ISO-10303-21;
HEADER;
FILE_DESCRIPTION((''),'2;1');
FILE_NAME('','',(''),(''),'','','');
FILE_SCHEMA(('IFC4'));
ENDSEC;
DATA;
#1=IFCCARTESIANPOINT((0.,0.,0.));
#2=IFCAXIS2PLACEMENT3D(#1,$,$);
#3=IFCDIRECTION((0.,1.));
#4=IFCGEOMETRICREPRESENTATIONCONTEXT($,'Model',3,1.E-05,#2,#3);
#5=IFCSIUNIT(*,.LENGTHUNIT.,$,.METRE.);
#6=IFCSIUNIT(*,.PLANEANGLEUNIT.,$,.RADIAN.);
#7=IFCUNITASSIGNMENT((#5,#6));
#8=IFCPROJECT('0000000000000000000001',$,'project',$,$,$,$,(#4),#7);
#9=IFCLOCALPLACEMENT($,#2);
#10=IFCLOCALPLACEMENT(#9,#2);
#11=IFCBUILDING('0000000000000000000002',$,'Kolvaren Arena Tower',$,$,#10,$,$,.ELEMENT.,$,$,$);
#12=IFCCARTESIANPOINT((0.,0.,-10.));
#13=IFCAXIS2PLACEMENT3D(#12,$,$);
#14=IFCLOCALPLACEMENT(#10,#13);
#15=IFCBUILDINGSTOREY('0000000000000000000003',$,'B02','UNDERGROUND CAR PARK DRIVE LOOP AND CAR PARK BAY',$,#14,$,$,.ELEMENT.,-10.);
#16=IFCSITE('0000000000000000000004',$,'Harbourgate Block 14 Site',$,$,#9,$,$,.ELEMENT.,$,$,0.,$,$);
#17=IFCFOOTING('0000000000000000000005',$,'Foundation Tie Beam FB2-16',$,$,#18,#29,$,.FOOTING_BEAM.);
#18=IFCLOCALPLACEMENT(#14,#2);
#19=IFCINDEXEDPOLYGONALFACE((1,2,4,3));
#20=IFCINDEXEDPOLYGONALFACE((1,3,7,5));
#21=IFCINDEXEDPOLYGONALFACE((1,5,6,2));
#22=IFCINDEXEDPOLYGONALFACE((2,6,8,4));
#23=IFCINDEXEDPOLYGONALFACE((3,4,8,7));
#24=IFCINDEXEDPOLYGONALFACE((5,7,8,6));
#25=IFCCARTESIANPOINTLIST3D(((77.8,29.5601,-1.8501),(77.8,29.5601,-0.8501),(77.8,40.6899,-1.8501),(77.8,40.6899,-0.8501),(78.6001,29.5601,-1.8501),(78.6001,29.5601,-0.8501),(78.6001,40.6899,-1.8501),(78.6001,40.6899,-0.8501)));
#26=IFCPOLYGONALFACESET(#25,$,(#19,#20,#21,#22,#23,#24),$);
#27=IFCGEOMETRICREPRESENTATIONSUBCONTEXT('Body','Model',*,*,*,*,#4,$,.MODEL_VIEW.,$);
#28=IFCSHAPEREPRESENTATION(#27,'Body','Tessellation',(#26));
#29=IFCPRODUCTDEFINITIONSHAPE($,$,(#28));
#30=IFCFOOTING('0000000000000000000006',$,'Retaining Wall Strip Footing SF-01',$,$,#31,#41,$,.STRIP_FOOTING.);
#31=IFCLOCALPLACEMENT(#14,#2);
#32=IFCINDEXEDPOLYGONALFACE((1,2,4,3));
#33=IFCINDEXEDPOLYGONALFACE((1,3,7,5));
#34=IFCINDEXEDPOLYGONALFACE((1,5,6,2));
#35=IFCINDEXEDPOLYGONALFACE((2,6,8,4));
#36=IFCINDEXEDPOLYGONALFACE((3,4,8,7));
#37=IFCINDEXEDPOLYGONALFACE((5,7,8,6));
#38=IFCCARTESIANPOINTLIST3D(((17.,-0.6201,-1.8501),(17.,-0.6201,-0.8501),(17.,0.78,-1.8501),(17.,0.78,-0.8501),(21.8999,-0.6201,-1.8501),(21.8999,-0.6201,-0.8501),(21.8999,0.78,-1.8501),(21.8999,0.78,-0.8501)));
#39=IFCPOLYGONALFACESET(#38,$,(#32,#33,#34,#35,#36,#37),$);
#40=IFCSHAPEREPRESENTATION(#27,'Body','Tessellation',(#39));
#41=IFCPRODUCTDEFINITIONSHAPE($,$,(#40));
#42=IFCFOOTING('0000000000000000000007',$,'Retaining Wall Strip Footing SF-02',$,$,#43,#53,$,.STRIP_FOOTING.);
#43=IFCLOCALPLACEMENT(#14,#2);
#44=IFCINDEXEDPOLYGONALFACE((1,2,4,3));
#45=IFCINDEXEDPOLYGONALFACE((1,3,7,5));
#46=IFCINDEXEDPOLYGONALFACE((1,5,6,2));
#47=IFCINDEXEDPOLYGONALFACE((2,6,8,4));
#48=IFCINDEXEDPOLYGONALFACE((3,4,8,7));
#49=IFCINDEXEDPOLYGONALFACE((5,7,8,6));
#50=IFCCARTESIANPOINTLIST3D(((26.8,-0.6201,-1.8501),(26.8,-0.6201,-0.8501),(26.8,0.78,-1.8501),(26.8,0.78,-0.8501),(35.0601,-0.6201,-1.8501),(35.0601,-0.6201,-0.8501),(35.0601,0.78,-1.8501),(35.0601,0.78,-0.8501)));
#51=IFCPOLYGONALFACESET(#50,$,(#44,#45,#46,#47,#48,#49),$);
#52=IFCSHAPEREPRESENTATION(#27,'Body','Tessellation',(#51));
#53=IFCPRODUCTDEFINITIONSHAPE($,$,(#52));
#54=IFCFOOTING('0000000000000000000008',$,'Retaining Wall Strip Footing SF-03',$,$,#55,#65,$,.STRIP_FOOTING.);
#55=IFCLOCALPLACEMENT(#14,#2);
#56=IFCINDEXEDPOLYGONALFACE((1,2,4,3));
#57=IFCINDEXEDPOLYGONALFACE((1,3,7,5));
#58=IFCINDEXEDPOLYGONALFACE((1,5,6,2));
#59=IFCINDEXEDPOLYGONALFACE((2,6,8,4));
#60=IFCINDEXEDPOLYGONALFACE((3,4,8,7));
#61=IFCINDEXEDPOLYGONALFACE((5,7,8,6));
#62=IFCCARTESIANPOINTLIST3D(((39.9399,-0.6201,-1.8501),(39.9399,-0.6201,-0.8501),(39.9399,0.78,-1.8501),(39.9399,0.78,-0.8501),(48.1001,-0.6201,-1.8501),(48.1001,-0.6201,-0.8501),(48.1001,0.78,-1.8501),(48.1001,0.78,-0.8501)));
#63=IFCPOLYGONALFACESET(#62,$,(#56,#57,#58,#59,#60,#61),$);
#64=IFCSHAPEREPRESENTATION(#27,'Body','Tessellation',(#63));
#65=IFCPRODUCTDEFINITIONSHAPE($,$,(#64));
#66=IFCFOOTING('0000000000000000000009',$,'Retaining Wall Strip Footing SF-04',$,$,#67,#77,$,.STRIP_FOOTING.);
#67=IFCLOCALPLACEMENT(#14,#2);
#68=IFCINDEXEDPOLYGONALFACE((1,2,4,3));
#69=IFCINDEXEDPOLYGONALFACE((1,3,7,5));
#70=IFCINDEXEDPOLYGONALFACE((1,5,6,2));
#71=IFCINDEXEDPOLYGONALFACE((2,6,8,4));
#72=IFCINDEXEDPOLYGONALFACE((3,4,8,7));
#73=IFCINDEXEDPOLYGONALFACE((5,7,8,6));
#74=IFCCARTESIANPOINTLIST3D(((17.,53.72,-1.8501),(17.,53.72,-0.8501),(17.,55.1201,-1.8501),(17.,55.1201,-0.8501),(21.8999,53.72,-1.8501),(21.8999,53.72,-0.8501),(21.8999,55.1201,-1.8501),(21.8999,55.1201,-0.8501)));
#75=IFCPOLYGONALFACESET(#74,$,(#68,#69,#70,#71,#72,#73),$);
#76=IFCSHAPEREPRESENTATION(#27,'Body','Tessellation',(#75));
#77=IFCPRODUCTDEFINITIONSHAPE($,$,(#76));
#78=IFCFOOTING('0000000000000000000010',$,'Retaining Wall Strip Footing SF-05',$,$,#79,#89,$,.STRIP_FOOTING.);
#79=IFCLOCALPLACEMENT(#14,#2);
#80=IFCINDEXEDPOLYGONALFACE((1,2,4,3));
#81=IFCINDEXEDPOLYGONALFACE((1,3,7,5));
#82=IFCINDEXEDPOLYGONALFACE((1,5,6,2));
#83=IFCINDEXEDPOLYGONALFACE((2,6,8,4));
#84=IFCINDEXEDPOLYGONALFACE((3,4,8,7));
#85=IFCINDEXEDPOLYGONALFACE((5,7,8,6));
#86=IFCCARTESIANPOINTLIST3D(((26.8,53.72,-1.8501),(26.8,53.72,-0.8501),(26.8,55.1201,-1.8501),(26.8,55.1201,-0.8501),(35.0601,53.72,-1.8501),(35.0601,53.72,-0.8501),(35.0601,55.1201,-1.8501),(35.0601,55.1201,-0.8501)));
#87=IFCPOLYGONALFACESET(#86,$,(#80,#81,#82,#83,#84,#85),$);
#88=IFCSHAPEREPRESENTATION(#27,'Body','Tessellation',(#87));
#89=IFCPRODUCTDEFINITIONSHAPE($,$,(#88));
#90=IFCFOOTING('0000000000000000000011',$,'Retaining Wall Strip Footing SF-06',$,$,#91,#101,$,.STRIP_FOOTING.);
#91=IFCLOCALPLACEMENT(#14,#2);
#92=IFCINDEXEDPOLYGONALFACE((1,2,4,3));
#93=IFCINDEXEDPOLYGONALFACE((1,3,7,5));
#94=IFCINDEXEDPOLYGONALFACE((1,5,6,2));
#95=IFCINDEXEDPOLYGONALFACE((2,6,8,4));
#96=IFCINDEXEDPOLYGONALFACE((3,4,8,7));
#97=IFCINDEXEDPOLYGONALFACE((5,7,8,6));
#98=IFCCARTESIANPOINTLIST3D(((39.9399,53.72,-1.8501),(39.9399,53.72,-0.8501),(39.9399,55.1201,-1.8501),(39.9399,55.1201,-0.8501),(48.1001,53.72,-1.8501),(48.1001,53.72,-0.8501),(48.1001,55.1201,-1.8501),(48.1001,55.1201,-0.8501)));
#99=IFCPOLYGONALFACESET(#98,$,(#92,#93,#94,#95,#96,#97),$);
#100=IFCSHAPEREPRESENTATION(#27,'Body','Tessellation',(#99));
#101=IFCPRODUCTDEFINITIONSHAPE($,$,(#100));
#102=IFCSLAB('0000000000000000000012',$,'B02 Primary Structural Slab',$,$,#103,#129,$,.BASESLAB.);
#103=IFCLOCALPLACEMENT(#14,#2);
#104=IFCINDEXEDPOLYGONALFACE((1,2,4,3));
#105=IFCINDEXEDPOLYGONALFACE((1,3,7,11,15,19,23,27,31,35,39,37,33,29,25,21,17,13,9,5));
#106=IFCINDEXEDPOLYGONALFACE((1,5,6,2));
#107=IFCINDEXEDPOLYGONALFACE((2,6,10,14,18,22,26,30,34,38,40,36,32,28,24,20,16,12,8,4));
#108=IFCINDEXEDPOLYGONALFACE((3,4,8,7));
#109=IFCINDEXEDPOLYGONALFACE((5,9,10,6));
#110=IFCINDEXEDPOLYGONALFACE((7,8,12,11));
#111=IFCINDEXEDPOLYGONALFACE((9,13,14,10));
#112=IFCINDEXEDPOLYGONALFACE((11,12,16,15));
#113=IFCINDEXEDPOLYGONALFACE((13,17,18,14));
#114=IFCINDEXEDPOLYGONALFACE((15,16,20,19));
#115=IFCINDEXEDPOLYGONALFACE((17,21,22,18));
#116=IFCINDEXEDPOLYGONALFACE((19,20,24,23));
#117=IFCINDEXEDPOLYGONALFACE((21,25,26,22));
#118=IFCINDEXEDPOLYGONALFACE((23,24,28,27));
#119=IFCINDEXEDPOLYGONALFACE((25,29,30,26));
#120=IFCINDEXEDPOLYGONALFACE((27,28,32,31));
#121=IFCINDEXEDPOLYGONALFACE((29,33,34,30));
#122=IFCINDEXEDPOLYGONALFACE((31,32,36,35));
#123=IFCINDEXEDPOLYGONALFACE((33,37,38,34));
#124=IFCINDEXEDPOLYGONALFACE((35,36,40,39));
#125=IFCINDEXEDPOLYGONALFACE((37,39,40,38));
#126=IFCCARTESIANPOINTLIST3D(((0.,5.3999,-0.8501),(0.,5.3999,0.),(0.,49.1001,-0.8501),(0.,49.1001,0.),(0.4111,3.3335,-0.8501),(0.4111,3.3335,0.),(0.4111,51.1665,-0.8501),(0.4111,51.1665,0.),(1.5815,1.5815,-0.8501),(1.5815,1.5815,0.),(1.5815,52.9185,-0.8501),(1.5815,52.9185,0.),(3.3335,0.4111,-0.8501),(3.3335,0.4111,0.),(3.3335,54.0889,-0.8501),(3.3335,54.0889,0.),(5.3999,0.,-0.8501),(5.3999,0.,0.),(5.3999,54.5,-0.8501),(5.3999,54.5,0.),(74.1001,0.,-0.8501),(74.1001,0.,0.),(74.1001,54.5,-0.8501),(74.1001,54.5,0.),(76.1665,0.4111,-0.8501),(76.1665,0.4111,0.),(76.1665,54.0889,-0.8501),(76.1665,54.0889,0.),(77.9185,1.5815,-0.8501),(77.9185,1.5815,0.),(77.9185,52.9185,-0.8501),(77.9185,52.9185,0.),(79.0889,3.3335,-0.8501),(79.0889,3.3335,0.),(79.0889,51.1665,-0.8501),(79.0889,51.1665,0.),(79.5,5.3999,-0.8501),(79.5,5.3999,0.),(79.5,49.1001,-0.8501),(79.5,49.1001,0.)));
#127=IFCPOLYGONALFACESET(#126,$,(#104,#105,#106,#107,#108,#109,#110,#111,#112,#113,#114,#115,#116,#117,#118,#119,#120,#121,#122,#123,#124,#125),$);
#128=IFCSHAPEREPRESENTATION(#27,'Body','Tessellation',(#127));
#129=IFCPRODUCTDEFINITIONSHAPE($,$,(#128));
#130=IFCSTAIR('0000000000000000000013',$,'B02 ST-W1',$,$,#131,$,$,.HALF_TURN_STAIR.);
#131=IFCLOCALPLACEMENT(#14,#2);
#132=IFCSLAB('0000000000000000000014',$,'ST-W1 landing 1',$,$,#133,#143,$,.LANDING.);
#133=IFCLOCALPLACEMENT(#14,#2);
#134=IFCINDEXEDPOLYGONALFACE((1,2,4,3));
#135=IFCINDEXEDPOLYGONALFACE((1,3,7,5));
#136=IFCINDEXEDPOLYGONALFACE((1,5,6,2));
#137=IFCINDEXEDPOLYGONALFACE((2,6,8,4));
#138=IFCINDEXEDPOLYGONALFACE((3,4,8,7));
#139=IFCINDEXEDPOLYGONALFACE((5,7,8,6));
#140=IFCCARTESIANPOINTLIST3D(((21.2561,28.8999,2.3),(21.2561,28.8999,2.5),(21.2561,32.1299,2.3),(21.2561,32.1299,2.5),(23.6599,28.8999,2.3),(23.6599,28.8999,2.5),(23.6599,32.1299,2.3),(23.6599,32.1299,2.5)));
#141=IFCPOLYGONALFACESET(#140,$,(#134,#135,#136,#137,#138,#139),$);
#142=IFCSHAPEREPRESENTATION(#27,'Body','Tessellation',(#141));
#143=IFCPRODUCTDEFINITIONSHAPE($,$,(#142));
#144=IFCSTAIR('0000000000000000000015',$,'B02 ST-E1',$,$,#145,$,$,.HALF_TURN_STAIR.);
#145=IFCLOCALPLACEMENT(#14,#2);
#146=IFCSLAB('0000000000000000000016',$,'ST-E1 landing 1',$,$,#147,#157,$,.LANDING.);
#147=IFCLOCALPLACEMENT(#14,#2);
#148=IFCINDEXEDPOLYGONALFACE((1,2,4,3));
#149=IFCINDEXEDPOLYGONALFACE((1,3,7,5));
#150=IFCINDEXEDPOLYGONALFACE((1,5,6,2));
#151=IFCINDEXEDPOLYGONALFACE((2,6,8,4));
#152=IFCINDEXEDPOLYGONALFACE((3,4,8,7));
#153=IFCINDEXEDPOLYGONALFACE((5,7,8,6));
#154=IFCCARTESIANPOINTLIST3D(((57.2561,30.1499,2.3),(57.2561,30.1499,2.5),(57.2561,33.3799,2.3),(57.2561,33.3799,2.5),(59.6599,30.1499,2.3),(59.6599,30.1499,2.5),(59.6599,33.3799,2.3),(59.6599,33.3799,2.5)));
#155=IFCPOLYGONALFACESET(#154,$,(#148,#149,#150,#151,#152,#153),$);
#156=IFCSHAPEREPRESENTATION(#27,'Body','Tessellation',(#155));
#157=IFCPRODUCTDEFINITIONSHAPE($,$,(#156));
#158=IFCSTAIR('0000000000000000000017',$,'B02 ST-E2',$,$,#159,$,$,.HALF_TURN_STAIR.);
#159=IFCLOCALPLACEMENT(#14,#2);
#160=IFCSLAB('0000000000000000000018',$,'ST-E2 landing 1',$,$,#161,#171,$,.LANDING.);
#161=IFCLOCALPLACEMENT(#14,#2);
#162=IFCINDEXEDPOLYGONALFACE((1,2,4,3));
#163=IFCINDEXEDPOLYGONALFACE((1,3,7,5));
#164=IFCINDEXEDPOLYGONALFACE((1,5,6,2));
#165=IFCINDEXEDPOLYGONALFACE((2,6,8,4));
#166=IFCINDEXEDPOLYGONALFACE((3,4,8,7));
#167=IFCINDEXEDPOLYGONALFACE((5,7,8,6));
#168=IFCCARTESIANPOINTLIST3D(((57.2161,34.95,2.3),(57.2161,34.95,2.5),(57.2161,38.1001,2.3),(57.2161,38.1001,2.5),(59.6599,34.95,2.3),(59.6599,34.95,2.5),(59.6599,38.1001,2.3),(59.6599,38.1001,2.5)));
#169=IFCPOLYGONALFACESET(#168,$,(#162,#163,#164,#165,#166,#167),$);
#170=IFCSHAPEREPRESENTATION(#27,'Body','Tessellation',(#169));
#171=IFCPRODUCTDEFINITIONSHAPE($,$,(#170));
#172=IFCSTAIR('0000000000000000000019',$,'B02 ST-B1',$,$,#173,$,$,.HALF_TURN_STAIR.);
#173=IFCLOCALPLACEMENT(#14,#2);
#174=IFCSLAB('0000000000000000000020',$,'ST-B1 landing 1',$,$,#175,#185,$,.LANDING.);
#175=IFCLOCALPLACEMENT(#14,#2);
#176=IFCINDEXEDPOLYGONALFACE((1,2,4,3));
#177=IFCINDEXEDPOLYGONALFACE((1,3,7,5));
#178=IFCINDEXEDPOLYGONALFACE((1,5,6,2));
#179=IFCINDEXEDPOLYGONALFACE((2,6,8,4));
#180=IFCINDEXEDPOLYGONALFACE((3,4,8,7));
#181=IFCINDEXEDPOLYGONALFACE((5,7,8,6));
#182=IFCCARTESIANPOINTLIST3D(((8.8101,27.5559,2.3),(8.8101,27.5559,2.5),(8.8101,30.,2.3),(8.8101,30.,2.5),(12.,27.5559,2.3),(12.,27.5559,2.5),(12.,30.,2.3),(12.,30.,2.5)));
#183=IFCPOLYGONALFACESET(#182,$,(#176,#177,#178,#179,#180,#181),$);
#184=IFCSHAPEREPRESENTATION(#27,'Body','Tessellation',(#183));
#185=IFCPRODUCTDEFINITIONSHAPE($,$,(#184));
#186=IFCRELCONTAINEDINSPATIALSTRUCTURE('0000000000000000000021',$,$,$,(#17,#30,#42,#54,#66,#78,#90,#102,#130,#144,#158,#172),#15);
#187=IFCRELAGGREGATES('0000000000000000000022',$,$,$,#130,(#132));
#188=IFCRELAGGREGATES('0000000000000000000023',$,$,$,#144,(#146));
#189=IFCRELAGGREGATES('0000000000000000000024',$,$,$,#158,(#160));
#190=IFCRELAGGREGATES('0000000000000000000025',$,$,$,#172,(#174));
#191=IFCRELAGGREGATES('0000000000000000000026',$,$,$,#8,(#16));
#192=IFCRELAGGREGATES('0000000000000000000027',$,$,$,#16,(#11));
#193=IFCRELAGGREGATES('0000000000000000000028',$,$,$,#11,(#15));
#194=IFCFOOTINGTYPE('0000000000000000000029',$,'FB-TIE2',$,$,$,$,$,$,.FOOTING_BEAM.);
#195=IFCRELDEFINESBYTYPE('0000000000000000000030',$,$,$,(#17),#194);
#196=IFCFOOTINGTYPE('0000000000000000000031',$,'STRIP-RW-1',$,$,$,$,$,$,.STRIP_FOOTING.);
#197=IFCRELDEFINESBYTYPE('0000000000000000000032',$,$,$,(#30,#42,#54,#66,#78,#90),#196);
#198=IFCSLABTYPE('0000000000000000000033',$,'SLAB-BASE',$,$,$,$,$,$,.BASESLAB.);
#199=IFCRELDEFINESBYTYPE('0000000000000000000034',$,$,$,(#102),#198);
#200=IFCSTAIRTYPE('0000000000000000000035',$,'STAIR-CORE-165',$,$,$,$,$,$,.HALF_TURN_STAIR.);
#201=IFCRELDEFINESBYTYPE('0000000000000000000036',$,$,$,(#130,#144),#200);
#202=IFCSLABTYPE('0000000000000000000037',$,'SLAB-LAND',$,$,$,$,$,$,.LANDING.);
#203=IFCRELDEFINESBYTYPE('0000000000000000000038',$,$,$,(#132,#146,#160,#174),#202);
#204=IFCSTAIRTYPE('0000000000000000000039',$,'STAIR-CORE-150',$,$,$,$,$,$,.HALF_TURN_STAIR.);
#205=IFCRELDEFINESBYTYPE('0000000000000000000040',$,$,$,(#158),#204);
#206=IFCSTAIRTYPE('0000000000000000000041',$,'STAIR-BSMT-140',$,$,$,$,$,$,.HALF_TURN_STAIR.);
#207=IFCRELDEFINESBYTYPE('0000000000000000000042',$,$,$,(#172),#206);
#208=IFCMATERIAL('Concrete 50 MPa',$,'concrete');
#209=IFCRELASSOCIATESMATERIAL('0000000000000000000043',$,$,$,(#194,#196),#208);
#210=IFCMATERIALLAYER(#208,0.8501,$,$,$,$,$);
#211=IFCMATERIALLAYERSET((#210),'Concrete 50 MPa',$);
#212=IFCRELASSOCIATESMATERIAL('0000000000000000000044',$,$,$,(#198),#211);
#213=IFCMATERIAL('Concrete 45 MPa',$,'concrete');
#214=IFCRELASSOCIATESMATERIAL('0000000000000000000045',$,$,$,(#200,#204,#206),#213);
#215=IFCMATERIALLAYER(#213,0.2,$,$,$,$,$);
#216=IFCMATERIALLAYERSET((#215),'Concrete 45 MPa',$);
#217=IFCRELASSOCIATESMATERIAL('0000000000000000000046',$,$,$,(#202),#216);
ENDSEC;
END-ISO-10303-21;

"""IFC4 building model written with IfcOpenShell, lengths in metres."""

from ifc_helpers import new_model, si_unit, direction, frame, origin, place, context, subcontext, project, spatial, polyline, outline, extrude, material, layer, layer_set, type_object, element, aggregate, save


model = new_model("IFC4")

# Units and contexts
model_context = context("Model", 3, precision=1e-05, world=origin(), true_north=direction((0.0, 1.0)))
body_context = subcontext(model_context, "Body", "Model", "MODEL_VIEW")
ifc_project = project(units=[si_unit("LENGTHUNIT", "METRE"), si_unit("PLANEANGLEUNIT", "RADIAN")], contexts=[model_context])

# Site, building, storey
site_placement = place(None, origin())
site = spatial("IfcSite", under=ifc_project, at=site_placement, Name="Harbourgate Block 14 Site", CompositionType="ELEMENT", RefElevation=0.0)
building_placement = place(site_placement, origin())
building = spatial("IfcBuilding", under=site, at=building_placement, Name="Kolvaren Arena Tower", CompositionType="ELEMENT")
storey_placement = place(building_placement, frame((0.0, 0.0, -10.0)))
storey = spatial("IfcBuildingStorey", under=building, at=storey_placement, Name="B02", Description="UNDERGROUND CAR PARK DRIVE LOOP AND CAR PARK BAY", CompositionType="ELEMENT", Elevation=-10.0)

# Footings
ifc_material_1 = material(Name="Concrete 50 MPa", Category="concrete")
footing_type_1 = type_object("IfcFootingType", Name="FB-TIE2", PredefinedType="FOOTING_BEAM", material=ifc_material_1)
footing_1_placement = place(storey_placement, frame((0.0, 0.0, -1.8501)))
element("IfcFooting", 1, at=footing_1_placement, inside=storey, type_object=footing_type_1, Name="Foundation Tie Beam FB2-16", PredefinedType="FOOTING_BEAM", context=body_context, shape_type="SweptSolid", body=[
    extrude(outline(polyline([(77.8, 29.5601), (78.6001, 29.5601), (78.6001, 40.6899), (77.8, 40.6899), (77.8, 29.5601)])), origin(), (0.0, 0.0, 1.0), 1.0),
])
footing_type_2 = type_object("IfcFootingType", Name="STRIP-RW-1", PredefinedType="STRIP_FOOTING", material=ifc_material_1)
footing_2_placement = place(storey_placement, frame((0.0, 0.0, -1.8501)))
element("IfcFooting", 2, at=footing_2_placement, inside=storey, type_object=footing_type_2, Name="Retaining Wall Strip Footing SF-01", PredefinedType="STRIP_FOOTING", context=body_context, shape_type="SweptSolid", body=[
    extrude(outline(polyline([(17.0, -0.6201), (21.8999, -0.6201), (21.8999, 0.78), (17.0, 0.78), (17.0, -0.6201)])), origin(), (0.0, 0.0, 1.0), 1.0),
])
footing_3_placement = place(storey_placement, frame((0.0, 0.0, -1.8501)))
element("IfcFooting", 3, at=footing_3_placement, inside=storey, type_object=footing_type_2, Name="Retaining Wall Strip Footing SF-02", PredefinedType="STRIP_FOOTING", context=body_context, shape_type="SweptSolid", body=[
    extrude(outline(polyline([(26.8, -0.6201), (35.0601, -0.6201), (35.0601, 0.78), (26.8, 0.78), (26.8, -0.6201)])), origin(), (0.0, 0.0, 1.0), 1.0),
])
footing_4_placement = place(storey_placement, frame((0.0, 0.0, -1.8501)))
element("IfcFooting", 4, at=footing_4_placement, inside=storey, type_object=footing_type_2, Name="Retaining Wall Strip Footing SF-03", PredefinedType="STRIP_FOOTING", context=body_context, shape_type="SweptSolid", body=[
    extrude(outline(polyline([(39.9399, -0.6201), (48.1001, -0.6201), (48.1001, 0.78), (39.9399, 0.78), (39.9399, -0.6201)])), origin(), (0.0, 0.0, 1.0), 1.0),
])
footing_5_placement = place(storey_placement, frame((0.0, 0.0, -1.8501)))
element("IfcFooting", 5, at=footing_5_placement, inside=storey, type_object=footing_type_2, Name="Retaining Wall Strip Footing SF-04", PredefinedType="STRIP_FOOTING", context=body_context, shape_type="SweptSolid", body=[
    extrude(outline(polyline([(17.0, 53.72), (21.8999, 53.72), (21.8999, 55.1201), (17.0, 55.1201), (17.0, 53.72)])), origin(), (0.0, 0.0, 1.0), 1.0),
])
footing_6_placement = place(storey_placement, frame((0.0, 0.0, -1.8501)))
element("IfcFooting", 6, at=footing_6_placement, inside=storey, type_object=footing_type_2, Name="Retaining Wall Strip Footing SF-05", PredefinedType="STRIP_FOOTING", context=body_context, shape_type="SweptSolid", body=[
    extrude(outline(polyline([(26.8, 53.72), (35.0601, 53.72), (35.0601, 55.1201), (26.8, 55.1201), (26.8, 53.72)])), origin(), (0.0, 0.0, 1.0), 1.0),
])
footing_7_placement = place(storey_placement, frame((0.0, 0.0, -1.8501)))
element("IfcFooting", 7, at=footing_7_placement, inside=storey, type_object=footing_type_2, Name="Retaining Wall Strip Footing SF-06", PredefinedType="STRIP_FOOTING", context=body_context, shape_type="SweptSolid", body=[
    extrude(outline(polyline([(39.9399, 53.72), (48.1001, 53.72), (48.1001, 55.1201), (39.9399, 55.1201), (39.9399, 53.72)])), origin(), (0.0, 0.0, 1.0), 1.0),
])

# Slab
ifc_layer_1 = layer(ifc_material_1, 0.8501)
ifc_layer_set_1 = layer_set([ifc_layer_1], Name="Concrete 50 MPa")
slab_type_1 = type_object("IfcSlabType", Name="SLAB-BASE", PredefinedType="BASESLAB", material=ifc_layer_set_1)
slab_1_placement = place(storey_placement, frame((0.0, 0.0, -0.8501)))
element("IfcSlab", 8, at=slab_1_placement, inside=storey, type_object=slab_type_1, Name="B02 Primary Structural Slab", PredefinedType="BASESLAB", context=body_context, shape_type="SweptSolid", body=[
    extrude(outline(polyline([(74.1001, 0.0), (76.1665, 0.4111), (77.9185, 1.5815), (79.0889, 3.3335), (79.5, 5.3999), (79.5, 49.1001), (79.0889, 51.1665), (77.9185, 52.9185), (76.1665, 54.0889), (74.1001, 54.5), (5.3999, 54.5), (3.3335, 54.0889), (1.5815, 52.9185), (0.4111, 51.1665), (0.0, 49.1001), (0.0, 5.3999), (0.4111, 3.3335), (1.5815, 1.5815), (3.3335, 0.4111), (5.3999, 0.0), (74.1001, 0.0)])), origin(), (0.0, 0.0, 1.0), 0.8501),
])

# Stairs, slabs
ifc_material_2 = material(Name="Concrete 45 MPa", Category="concrete")
stair_type_1 = type_object("IfcStairType", Name="STAIR-CORE-165", PredefinedType="HALF_TURN_STAIR", material=ifc_material_2)
stair_1_placement = place(storey_placement, origin())
stair_1 = element("IfcStair", 9, at=stair_1_placement, inside=storey, type_object=stair_type_1, Name="B02 ST-W1", PredefinedType="HALF_TURN_STAIR")
ifc_layer_2 = layer(ifc_material_2, 0.2)
ifc_layer_set_2 = layer_set([ifc_layer_2], Name="Concrete 45 MPa")
slab_type_2 = type_object("IfcSlabType", Name="SLAB-LAND", PredefinedType="LANDING", material=ifc_layer_set_2)
slab_2_placement = place(storey_placement, frame((0.0, 0.0, 2.3)))
slab_2 = element("IfcSlab", 10, at=slab_2_placement, type_object=slab_type_2, Name="ST-W1 landing 1", PredefinedType="LANDING", context=body_context, shape_type="SweptSolid", body=[
    extrude(outline(polyline([(21.2561, 28.8999), (23.6599, 28.8999), (23.6599, 32.1299), (21.2561, 32.1299), (21.2561, 28.8999)])), origin(), (0.0, 0.0, 1.0), 0.2),
])
aggregate(stair_1, [slab_2])
stair_2_placement = place(storey_placement, origin())
stair_2 = element("IfcStair", 11, at=stair_2_placement, inside=storey, type_object=stair_type_1, Name="B02 ST-E1", PredefinedType="HALF_TURN_STAIR")
slab_3_placement = place(storey_placement, frame((0.0, 0.0, 2.3)))
slab_3 = element("IfcSlab", 12, at=slab_3_placement, type_object=slab_type_2, Name="ST-E1 landing 1", PredefinedType="LANDING", context=body_context, shape_type="SweptSolid", body=[
    extrude(outline(polyline([(57.2561, 30.1499), (59.6599, 30.1499), (59.6599, 33.3799), (57.2561, 33.3799), (57.2561, 30.1499)])), origin(), (0.0, 0.0, 1.0), 0.2),
])
aggregate(stair_2, [slab_3])
stair_type_2 = type_object("IfcStairType", Name="STAIR-CORE-150", PredefinedType="HALF_TURN_STAIR", material=ifc_material_2)
stair_3_placement = place(storey_placement, origin())
stair_3 = element("IfcStair", 13, at=stair_3_placement, inside=storey, type_object=stair_type_2, Name="B02 ST-E2", PredefinedType="HALF_TURN_STAIR")
slab_4_placement = place(storey_placement, frame((0.0, 0.0, 2.3)))
slab_4 = element("IfcSlab", 14, at=slab_4_placement, type_object=slab_type_2, Name="ST-E2 landing 1", PredefinedType="LANDING", context=body_context, shape_type="SweptSolid", body=[
    extrude(outline(polyline([(57.2161, 34.95), (59.6599, 34.95), (59.6599, 38.1001), (57.2161, 38.1001), (57.2161, 34.95)])), origin(), (0.0, 0.0, 1.0), 0.2),
])
aggregate(stair_3, [slab_4])
stair_type_3 = type_object("IfcStairType", Name="STAIR-BSMT-140", PredefinedType="HALF_TURN_STAIR", material=ifc_material_2)
stair_4_placement = place(storey_placement, origin())
stair_4 = element("IfcStair", 15, at=stair_4_placement, inside=storey, type_object=stair_type_3, Name="B02 ST-B1", PredefinedType="HALF_TURN_STAIR")
slab_5_placement = place(storey_placement, frame((0.0, 0.0, 2.3)))
slab_5 = element("IfcSlab", 16, at=slab_5_placement, type_object=slab_type_2, Name="ST-B1 landing 1", PredefinedType="LANDING", context=body_context, shape_type="SweptSolid", body=[
    extrude(outline(polyline([(12.0, 27.5559), (12.0, 30.0), (8.8101, 30.0), (8.8101, 27.5559), (12.0, 27.5559)])), origin(), (0.0, 0.0, 1.0), 0.2),
])
aggregate(stair_4, [slab_5])

save(model, "model.ifc")
